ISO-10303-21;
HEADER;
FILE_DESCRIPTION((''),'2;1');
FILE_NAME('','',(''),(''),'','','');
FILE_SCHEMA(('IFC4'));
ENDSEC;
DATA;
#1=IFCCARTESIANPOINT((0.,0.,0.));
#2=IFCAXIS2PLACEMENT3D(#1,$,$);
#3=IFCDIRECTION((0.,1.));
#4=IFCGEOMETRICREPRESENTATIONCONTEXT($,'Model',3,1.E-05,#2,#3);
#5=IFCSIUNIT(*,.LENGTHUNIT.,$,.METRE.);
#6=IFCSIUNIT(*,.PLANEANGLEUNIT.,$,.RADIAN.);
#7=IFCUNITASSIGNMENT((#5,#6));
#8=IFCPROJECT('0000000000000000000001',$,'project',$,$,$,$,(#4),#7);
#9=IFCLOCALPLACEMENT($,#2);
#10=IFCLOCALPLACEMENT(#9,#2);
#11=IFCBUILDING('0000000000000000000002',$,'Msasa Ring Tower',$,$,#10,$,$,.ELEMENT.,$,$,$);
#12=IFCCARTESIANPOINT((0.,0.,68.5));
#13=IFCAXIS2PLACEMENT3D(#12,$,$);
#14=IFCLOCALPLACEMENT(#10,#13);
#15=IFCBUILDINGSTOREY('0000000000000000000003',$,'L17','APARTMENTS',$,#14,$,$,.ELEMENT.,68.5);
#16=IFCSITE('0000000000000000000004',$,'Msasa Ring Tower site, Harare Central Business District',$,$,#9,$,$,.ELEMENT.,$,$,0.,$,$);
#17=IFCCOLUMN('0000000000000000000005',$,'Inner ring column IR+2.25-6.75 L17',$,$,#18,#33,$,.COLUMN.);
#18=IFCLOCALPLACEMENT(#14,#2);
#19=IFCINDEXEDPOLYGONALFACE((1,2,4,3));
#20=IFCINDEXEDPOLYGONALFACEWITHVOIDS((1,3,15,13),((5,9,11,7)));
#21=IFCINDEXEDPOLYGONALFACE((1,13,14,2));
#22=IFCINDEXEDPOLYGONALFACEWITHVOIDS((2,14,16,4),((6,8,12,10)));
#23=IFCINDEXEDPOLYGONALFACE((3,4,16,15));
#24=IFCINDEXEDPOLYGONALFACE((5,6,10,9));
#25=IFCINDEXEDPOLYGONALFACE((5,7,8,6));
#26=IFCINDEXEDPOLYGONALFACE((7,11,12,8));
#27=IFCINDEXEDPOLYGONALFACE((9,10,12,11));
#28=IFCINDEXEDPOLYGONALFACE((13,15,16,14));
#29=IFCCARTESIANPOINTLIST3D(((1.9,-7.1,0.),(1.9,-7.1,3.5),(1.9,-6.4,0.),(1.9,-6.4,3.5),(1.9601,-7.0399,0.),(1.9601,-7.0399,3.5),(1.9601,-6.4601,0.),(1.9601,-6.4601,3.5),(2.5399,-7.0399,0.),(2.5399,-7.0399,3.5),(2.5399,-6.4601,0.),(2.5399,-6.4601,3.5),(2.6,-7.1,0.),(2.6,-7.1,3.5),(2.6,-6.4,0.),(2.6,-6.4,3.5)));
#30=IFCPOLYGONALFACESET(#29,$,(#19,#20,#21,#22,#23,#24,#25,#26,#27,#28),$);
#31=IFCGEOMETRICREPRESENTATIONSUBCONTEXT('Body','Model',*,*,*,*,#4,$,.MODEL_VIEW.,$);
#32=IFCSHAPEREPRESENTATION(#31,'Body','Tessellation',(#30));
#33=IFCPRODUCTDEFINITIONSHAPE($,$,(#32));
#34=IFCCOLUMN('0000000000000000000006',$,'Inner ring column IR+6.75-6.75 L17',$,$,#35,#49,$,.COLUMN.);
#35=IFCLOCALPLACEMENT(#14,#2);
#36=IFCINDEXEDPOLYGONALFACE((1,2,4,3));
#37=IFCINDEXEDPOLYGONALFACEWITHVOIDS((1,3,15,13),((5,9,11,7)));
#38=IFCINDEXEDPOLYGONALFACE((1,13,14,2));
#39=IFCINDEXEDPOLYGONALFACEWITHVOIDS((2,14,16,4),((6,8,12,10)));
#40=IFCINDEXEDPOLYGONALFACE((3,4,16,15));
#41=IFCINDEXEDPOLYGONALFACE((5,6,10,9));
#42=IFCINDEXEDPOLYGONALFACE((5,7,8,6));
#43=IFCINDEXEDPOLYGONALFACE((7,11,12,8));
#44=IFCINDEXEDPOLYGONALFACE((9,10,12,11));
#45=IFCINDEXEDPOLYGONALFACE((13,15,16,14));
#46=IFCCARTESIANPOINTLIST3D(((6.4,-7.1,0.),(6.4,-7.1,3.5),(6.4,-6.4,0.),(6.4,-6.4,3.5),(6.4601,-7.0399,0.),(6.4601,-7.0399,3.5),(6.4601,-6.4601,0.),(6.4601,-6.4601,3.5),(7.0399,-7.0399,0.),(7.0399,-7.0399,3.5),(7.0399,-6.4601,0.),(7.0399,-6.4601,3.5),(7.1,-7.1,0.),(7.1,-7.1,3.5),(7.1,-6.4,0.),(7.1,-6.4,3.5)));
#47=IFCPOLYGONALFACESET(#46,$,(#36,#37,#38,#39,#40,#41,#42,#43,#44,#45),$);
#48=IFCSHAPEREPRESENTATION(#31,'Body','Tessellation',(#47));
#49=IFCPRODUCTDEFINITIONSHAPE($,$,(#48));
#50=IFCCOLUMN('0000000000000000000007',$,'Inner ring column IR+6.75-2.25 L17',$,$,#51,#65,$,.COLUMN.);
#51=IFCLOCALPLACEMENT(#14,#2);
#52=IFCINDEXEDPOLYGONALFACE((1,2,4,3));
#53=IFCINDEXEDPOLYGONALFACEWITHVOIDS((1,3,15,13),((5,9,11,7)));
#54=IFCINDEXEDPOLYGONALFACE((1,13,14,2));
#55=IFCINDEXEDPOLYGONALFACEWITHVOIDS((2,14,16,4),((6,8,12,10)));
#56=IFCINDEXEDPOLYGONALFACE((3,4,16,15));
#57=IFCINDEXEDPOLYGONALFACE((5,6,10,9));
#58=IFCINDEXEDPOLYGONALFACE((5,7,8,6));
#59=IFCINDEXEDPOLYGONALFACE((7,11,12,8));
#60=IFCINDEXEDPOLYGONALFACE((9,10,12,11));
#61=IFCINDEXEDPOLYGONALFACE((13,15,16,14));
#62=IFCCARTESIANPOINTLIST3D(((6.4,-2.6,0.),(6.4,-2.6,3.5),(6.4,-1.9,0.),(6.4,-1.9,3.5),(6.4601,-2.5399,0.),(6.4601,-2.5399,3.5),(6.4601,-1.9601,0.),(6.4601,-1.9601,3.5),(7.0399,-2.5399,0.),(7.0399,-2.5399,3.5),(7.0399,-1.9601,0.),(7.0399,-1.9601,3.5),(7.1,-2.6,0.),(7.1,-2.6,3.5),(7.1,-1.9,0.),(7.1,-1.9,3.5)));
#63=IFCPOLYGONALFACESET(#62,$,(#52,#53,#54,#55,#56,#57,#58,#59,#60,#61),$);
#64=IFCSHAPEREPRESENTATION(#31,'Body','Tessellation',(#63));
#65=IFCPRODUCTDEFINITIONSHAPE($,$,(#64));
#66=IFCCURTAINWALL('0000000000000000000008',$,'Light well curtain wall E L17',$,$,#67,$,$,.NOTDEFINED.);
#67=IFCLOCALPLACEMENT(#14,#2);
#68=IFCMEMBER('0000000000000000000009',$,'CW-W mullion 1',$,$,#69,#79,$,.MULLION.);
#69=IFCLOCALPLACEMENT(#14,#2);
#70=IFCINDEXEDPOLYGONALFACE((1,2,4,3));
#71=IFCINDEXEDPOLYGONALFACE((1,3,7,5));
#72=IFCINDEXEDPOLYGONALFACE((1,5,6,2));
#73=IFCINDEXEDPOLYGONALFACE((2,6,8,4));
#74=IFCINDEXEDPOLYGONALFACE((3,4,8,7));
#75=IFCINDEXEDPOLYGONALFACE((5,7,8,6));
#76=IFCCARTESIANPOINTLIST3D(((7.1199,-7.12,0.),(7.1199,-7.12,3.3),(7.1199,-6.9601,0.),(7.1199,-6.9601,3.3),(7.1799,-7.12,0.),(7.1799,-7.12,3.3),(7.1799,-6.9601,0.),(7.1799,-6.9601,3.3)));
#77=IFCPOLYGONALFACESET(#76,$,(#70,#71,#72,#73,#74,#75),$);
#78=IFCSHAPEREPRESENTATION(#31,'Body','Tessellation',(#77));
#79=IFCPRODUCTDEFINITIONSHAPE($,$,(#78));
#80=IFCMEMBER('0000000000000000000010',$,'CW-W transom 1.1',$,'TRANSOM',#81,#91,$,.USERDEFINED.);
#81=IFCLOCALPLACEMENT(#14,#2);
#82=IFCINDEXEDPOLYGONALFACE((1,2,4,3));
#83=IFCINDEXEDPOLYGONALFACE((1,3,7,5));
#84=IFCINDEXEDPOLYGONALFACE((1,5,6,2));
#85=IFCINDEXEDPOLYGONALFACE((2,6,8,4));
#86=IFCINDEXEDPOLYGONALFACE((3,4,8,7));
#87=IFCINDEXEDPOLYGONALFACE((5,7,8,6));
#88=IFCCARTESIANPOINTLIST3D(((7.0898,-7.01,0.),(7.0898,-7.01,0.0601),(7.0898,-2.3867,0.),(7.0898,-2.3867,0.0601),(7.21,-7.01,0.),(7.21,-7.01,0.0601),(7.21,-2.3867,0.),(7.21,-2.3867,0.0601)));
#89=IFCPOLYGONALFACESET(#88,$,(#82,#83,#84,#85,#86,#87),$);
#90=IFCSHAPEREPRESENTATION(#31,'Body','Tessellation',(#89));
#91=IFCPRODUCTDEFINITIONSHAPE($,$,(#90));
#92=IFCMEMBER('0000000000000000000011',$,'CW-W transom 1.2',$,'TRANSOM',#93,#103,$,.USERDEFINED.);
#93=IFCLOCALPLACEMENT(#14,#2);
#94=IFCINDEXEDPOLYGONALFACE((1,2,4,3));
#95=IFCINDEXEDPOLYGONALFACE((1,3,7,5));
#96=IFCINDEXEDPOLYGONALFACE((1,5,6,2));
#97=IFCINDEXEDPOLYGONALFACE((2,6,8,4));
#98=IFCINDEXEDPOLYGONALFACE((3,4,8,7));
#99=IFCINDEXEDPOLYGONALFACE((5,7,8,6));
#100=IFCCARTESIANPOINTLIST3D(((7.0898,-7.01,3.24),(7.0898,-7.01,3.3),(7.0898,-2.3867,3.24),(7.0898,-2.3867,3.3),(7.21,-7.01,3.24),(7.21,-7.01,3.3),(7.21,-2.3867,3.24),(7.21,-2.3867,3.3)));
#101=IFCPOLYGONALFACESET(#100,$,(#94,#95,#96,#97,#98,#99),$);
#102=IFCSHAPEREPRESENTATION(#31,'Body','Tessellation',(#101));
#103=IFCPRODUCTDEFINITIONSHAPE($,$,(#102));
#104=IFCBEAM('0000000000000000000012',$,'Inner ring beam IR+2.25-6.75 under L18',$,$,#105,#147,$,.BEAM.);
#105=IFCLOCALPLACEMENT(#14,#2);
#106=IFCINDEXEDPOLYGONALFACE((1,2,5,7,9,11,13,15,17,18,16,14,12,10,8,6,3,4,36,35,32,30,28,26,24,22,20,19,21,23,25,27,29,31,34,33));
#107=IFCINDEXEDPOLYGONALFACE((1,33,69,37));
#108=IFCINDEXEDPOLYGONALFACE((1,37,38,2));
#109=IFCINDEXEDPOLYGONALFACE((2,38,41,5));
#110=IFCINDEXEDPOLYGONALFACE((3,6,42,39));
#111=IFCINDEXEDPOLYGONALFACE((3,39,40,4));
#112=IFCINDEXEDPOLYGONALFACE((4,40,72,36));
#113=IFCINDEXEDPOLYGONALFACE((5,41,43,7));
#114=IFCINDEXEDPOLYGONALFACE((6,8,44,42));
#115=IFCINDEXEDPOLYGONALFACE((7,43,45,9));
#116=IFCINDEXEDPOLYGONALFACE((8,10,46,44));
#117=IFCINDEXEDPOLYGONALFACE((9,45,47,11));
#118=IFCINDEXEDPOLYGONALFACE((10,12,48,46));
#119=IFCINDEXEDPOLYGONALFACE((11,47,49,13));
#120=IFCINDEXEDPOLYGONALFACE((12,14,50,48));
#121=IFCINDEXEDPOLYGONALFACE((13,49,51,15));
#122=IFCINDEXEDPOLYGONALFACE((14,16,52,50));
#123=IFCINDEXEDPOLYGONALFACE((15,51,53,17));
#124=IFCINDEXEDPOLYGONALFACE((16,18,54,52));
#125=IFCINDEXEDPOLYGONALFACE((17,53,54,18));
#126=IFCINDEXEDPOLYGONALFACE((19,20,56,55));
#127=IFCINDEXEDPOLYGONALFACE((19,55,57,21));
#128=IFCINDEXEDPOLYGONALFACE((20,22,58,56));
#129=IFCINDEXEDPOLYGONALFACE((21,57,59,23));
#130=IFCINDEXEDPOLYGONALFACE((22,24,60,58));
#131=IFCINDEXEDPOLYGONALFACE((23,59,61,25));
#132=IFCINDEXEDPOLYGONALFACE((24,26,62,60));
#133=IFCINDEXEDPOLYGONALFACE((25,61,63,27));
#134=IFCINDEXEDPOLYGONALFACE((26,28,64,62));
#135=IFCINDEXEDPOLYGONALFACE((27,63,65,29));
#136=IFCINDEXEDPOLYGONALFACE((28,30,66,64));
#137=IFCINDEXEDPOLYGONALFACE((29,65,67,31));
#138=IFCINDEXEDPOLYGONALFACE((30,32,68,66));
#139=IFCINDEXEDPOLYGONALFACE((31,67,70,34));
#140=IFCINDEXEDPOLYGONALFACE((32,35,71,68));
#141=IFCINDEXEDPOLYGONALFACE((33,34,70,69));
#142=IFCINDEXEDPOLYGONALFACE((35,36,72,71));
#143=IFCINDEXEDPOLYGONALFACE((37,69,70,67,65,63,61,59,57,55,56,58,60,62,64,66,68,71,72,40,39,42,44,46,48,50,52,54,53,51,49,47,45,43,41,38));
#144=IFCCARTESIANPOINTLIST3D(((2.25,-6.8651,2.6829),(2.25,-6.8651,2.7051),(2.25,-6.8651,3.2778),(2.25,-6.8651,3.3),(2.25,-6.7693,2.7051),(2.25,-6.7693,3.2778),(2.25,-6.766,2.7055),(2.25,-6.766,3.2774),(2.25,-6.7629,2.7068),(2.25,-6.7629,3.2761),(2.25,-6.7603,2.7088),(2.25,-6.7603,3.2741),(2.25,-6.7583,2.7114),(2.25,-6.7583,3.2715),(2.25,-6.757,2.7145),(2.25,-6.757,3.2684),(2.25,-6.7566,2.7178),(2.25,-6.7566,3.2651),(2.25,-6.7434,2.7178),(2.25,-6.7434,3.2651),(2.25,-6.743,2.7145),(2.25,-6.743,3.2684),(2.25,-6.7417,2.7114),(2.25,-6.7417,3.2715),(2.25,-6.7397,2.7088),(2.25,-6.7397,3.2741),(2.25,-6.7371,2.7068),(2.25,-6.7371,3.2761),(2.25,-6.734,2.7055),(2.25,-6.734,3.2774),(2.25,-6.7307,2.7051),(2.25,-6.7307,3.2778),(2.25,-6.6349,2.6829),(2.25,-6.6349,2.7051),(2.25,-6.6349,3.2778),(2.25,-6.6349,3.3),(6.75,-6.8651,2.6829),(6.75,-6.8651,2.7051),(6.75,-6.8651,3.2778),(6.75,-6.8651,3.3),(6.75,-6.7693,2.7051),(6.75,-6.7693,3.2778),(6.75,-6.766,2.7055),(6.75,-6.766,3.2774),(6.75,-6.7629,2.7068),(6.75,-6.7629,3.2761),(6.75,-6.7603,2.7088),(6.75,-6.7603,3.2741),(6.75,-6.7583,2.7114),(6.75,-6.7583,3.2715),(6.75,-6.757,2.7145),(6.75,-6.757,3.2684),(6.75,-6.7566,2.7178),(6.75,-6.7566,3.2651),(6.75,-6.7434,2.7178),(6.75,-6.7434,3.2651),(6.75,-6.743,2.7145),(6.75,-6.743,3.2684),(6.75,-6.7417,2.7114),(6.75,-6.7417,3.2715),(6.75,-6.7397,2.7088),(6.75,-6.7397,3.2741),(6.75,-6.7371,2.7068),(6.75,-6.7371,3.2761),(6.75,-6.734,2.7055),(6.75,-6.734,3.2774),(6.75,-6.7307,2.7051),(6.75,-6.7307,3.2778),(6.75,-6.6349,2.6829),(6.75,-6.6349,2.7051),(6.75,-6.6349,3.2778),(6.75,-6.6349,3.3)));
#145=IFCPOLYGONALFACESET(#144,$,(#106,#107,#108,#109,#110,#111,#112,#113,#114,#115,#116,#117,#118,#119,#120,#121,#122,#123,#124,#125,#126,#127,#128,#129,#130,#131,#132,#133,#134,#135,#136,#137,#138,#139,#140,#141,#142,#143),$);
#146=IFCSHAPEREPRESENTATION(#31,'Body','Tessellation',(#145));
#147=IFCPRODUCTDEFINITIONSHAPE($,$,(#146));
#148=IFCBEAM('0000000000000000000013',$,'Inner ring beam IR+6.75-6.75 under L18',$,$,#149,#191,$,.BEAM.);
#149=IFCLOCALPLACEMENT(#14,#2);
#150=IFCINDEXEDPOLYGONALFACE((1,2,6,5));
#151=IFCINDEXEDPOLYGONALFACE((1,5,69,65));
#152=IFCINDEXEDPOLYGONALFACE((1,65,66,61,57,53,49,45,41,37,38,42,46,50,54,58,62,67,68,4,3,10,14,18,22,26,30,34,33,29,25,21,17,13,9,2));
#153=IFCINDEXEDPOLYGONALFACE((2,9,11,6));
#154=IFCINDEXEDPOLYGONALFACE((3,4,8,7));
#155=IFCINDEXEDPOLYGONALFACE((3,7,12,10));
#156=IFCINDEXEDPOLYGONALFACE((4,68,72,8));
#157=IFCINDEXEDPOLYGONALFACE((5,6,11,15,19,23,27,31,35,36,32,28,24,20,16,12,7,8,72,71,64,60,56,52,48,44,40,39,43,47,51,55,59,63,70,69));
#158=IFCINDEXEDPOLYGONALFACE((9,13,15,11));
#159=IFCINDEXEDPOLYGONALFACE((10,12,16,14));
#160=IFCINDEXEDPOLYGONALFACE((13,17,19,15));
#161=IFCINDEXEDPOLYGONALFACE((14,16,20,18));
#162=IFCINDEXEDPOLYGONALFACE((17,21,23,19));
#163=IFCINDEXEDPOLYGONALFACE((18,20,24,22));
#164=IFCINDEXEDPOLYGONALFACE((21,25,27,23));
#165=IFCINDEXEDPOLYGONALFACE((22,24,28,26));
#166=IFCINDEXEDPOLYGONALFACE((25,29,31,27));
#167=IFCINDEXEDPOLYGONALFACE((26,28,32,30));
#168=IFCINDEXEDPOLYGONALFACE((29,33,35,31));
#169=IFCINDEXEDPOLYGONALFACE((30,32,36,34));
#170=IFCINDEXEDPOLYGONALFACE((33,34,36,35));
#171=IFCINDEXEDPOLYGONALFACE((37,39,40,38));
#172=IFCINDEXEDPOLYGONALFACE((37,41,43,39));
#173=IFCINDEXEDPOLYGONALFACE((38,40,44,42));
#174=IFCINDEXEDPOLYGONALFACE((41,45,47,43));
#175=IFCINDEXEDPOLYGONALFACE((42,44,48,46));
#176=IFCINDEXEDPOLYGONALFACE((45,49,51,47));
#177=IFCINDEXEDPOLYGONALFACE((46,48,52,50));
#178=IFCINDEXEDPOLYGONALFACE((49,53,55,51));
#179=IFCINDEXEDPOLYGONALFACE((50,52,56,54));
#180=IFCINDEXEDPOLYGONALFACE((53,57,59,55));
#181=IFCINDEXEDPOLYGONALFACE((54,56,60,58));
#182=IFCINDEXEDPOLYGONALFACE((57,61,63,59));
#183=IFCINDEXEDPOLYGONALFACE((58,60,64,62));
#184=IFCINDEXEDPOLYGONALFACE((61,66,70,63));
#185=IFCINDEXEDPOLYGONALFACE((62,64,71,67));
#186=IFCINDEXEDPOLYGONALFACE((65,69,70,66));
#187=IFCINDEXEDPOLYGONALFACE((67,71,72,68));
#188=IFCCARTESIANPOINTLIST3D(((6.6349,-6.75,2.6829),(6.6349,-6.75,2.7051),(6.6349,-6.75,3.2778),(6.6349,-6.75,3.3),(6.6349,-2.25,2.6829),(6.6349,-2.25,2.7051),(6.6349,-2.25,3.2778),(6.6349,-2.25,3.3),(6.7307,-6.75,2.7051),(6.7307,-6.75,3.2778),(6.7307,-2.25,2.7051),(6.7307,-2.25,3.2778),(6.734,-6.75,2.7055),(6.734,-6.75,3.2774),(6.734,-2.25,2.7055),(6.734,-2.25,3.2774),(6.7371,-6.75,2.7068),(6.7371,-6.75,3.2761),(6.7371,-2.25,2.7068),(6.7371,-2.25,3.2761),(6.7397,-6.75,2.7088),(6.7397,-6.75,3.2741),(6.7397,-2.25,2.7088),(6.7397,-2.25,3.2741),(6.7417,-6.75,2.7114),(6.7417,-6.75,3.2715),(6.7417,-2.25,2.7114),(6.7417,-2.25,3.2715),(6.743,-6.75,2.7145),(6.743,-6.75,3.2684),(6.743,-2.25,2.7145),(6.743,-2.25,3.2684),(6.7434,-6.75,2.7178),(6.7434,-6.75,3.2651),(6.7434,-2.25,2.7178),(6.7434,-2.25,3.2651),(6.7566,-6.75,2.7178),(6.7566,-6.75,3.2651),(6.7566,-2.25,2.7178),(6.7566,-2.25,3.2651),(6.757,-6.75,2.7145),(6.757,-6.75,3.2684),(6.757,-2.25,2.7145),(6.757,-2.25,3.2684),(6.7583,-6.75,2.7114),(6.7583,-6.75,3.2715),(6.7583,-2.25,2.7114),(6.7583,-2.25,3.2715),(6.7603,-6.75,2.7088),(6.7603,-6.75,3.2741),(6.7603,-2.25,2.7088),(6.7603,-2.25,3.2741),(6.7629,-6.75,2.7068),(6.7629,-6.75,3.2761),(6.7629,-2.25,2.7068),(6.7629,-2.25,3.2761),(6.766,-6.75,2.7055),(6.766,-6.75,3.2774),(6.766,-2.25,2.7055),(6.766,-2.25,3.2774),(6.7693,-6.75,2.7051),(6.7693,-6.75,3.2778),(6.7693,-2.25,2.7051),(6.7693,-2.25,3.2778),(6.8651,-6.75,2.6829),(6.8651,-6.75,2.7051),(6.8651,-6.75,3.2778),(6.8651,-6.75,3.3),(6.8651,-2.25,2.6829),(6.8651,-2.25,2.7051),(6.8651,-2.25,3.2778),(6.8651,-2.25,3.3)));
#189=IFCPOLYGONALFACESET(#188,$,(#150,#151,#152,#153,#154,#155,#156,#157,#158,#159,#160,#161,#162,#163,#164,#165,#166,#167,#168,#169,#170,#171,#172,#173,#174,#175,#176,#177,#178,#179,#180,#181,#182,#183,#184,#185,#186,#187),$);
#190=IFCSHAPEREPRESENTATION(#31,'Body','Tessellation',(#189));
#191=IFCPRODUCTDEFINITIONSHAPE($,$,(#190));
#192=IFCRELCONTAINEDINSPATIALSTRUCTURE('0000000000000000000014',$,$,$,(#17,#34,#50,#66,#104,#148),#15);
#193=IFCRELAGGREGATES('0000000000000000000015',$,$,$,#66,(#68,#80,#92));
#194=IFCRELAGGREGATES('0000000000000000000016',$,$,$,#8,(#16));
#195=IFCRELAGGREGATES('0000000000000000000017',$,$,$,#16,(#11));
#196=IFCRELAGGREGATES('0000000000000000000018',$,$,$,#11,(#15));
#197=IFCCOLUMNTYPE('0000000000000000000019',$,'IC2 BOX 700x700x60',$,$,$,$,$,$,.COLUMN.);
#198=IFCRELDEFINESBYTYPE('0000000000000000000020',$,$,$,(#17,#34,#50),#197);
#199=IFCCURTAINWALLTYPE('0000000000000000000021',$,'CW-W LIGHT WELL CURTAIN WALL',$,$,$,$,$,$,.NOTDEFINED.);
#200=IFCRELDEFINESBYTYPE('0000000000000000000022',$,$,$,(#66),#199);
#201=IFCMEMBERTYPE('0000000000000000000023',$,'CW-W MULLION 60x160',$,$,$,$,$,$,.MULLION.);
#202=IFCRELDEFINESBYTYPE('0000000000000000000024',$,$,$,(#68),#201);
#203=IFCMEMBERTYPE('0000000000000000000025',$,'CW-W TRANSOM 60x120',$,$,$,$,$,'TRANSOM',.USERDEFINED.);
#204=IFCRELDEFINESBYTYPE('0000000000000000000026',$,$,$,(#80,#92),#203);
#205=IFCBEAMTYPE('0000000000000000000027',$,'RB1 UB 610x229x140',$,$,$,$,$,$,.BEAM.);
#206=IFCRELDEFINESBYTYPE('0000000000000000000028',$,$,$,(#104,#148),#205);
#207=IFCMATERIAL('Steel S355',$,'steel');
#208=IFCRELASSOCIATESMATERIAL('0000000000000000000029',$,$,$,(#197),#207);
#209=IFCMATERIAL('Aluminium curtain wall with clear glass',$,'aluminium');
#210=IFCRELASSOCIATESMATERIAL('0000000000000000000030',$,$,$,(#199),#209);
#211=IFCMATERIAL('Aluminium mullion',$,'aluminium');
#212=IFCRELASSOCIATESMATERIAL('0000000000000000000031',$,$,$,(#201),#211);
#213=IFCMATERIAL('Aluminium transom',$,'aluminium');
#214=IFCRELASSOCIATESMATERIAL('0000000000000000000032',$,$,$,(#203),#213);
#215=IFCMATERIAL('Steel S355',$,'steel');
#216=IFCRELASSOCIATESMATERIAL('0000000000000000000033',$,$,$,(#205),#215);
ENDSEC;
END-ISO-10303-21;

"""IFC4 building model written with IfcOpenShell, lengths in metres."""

from ifc_helpers import new_model, si_unit, direction, frame, origin, origin_2d, place, context, subcontext, project, spatial, rectangle, hollow_rectangle, i_section, extrude, material, material_profile, profile_set, type_object, element, aggregate, save


model = new_model("IFC4")

# Units and contexts
model_context = context("Model", 3, precision=1e-05, world=origin(), true_north=direction((0.0, 1.0)))
body_context = subcontext(model_context, "Body", "Model", "MODEL_VIEW")
ifc_project = project(units=[si_unit("LENGTHUNIT", "METRE"), si_unit("PLANEANGLEUNIT", "RADIAN")], contexts=[model_context])

# Site, building, storey
site_placement = place(None, origin())
site = spatial("IfcSite", under=ifc_project, at=site_placement, Name="Msasa Ring Tower site, Harare Central Business District", CompositionType="ELEMENT", RefElevation=0.0)
building_placement = place(site_placement, origin())
building = spatial("IfcBuilding", under=site, at=building_placement, Name="Msasa Ring Tower", CompositionType="ELEMENT")
storey_placement = place(building_placement, frame((0.0, 0.0, 68.5)))
storey = spatial("IfcBuildingStorey", under=building, at=storey_placement, Name="L17", Description="APARTMENTS", CompositionType="ELEMENT", Elevation=68.5)

# Columns
ifc_material_1 = material(Name="Steel S355", Category="steel")
ifc_material_profile_1 = material_profile(ifc_material_1, hollow_rectangle(XDim=0.7, YDim=0.7, WallThickness=0.0601, at=origin_2d()), Name="BOX 700x700x60")
ifc_profile_set_1 = profile_set([ifc_material_profile_1], Name="Steel S355")
column_type = type_object("IfcColumnType", Name="IC2 BOX 700x700x60", PredefinedType="COLUMN", material=ifc_profile_set_1)
for number, where, z_axis, x_axis, name in (
    (1, (2.25, -6.75, 0.0), (0.0, 0.0, 1.0), (1.0, 0.0, 0.0), "Inner ring column IR+2.25-6.75 L17"),
    (2, (6.75, -6.75, 0.0), (0.0, 0.0, 1.0), (1.0, 0.0, 0.0), "Inner ring column IR+6.75-6.75 L17"),
    (3, (6.75, -2.25, 0.0), (0.0, 0.0, 1.0), (1.0, 0.0, 0.0), "Inner ring column IR+6.75-2.25 L17"),
):
    element("IfcColumn", number, at=place(storey_placement, frame(where, z_axis=z_axis, x_axis=x_axis)), inside=storey, type_object=column_type, Name=name, PredefinedType="COLUMN", context=body_context, shape_type="SweptSolid", body=[
        extrude(hollow_rectangle(XDim=0.7, YDim=0.7, WallThickness=0.0601, at=origin_2d()), origin(), (0.0, 0.0, 1.0), 3.5),
    ])

# Curtain wall, members
ifc_material_2 = material(Name="Aluminium curtain wall with clear glass", Category="aluminium")
curtain_wall_type = type_object("IfcCurtainWallType", Name="CW-W LIGHT WELL CURTAIN WALL", PredefinedType="NOTDEFINED", material=ifc_material_2)
curtain_wall_placement = place(storey_placement, origin())
curtain_wall = element("IfcCurtainWall", 4, at=curtain_wall_placement, inside=storey, type_object=curtain_wall_type, Name="Light well curtain wall E L17", PredefinedType="NOTDEFINED")
ifc_material_3 = material(Name="Aluminium mullion", Category="aluminium")
ifc_material_profile_2 = material_profile(ifc_material_3, rectangle(XDim=0.0601, YDim=0.1599, at=origin_2d()), Name="AL 60x160")
ifc_profile_set_2 = profile_set([ifc_material_profile_2], Name="Aluminium mullion")
member_type_1 = type_object("IfcMemberType", Name="CW-W MULLION 60x160", PredefinedType="MULLION", material=ifc_profile_set_2)
member_1_placement = place(storey_placement, frame((7.1499, -7.04, 0.0), z_axis=(0.0, 0.0, 1.0), x_axis=(-1.0, 0.0, 0.0)))
member_1 = element("IfcMember", 5, at=member_1_placement, type_object=member_type_1, Name="CW-W mullion 1", PredefinedType="MULLION", context=body_context, shape_type="SweptSolid", body=[
    extrude(rectangle(XDim=0.0601, YDim=0.1599, at=origin_2d()), origin(), (0.0, 0.0, 1.0), 3.3),
])
ifc_material_4 = material(Name="Aluminium transom", Category="aluminium")
ifc_material_profile_3 = material_profile(ifc_material_4, rectangle(XDim=0.1201, YDim=0.0601, at=origin_2d()), Name="AL 60x120")
ifc_profile_set_3 = profile_set([ifc_material_profile_3], Name="Aluminium transom")
member_type_2 = type_object("IfcMemberType", Name="CW-W TRANSOM 60x120", ElementType="TRANSOM", PredefinedType="USERDEFINED", material=ifc_profile_set_3)
member_2_placement = place(storey_placement, frame((7.1499, -7.01, 0.03), z_axis=(0.0, 1.0, 0.0), x_axis=(-1.0, 0.0, 0.0)))
member_2 = element("IfcMember", 6, at=member_2_placement, type_object=member_type_2, Name="CW-W transom 1.1", ObjectType="TRANSOM", PredefinedType="USERDEFINED", context=body_context, shape_type="SweptSolid", body=[
    extrude(rectangle(XDim=0.1201, YDim=0.0601, at=origin_2d()), origin(), (0.0, 0.0, 1.0), 4.6233),
])
member_3_placement = place(storey_placement, frame((7.1499, -7.01, 3.27), z_axis=(0.0, 1.0, 0.0), x_axis=(-1.0, 0.0, 0.0)))
member_3 = element("IfcMember", 7, at=member_3_placement, type_object=member_type_2, Name="CW-W transom 1.2", ObjectType="TRANSOM", PredefinedType="USERDEFINED", context=body_context, shape_type="SweptSolid", body=[
    extrude(rectangle(XDim=0.1201, YDim=0.0601, at=origin_2d()), origin(), (0.0, 0.0, 1.0), 4.6233),
])
aggregate(curtain_wall, [member_1, member_2, member_3])

# Beams
ifc_material_5 = material(Name="Steel S355", Category="steel")
ifc_material_profile_4 = material_profile(ifc_material_5, i_section(OverallWidth=0.2302, OverallDepth=0.6172, WebThickness=0.0132, FlangeThickness=0.0222, FilletRadius=0.0127, at=origin_2d()), Name="UB 610x229x140")
ifc_profile_set_4 = profile_set([ifc_material_profile_4], Name="Steel S355")
beam_type = type_object("IfcBeamType", Name="RB1 UB 610x229x140", PredefinedType="BEAM", material=ifc_profile_set_4)
for number, where, z_axis, x_axis, name in (
    (8, (2.25, -6.75, 2.9915), (1.0, 0.0, 0.0), (0.0, 1.0, 0.0), "Inner ring beam IR+2.25-6.75 under L18"),
    (9, (6.75, -6.75, 2.9915), (0.0, 1.0, 0.0), (-1.0, 0.0, 0.0), "Inner ring beam IR+6.75-6.75 under L18"),
):
    element("IfcBeam", number, at=place(storey_placement, frame(where, z_axis=z_axis, x_axis=x_axis)), inside=storey, type_object=beam_type, Name=name, PredefinedType="BEAM", context=body_context, shape_type="SweptSolid", body=[
        extrude(i_section(OverallWidth=0.2302, OverallDepth=0.6172, WebThickness=0.0132, FlangeThickness=0.0222, FilletRadius=0.0127, at=origin_2d()), origin(), (0.0, 0.0, 1.0), 4.5),
    ])

save(model, "model.ifc")
